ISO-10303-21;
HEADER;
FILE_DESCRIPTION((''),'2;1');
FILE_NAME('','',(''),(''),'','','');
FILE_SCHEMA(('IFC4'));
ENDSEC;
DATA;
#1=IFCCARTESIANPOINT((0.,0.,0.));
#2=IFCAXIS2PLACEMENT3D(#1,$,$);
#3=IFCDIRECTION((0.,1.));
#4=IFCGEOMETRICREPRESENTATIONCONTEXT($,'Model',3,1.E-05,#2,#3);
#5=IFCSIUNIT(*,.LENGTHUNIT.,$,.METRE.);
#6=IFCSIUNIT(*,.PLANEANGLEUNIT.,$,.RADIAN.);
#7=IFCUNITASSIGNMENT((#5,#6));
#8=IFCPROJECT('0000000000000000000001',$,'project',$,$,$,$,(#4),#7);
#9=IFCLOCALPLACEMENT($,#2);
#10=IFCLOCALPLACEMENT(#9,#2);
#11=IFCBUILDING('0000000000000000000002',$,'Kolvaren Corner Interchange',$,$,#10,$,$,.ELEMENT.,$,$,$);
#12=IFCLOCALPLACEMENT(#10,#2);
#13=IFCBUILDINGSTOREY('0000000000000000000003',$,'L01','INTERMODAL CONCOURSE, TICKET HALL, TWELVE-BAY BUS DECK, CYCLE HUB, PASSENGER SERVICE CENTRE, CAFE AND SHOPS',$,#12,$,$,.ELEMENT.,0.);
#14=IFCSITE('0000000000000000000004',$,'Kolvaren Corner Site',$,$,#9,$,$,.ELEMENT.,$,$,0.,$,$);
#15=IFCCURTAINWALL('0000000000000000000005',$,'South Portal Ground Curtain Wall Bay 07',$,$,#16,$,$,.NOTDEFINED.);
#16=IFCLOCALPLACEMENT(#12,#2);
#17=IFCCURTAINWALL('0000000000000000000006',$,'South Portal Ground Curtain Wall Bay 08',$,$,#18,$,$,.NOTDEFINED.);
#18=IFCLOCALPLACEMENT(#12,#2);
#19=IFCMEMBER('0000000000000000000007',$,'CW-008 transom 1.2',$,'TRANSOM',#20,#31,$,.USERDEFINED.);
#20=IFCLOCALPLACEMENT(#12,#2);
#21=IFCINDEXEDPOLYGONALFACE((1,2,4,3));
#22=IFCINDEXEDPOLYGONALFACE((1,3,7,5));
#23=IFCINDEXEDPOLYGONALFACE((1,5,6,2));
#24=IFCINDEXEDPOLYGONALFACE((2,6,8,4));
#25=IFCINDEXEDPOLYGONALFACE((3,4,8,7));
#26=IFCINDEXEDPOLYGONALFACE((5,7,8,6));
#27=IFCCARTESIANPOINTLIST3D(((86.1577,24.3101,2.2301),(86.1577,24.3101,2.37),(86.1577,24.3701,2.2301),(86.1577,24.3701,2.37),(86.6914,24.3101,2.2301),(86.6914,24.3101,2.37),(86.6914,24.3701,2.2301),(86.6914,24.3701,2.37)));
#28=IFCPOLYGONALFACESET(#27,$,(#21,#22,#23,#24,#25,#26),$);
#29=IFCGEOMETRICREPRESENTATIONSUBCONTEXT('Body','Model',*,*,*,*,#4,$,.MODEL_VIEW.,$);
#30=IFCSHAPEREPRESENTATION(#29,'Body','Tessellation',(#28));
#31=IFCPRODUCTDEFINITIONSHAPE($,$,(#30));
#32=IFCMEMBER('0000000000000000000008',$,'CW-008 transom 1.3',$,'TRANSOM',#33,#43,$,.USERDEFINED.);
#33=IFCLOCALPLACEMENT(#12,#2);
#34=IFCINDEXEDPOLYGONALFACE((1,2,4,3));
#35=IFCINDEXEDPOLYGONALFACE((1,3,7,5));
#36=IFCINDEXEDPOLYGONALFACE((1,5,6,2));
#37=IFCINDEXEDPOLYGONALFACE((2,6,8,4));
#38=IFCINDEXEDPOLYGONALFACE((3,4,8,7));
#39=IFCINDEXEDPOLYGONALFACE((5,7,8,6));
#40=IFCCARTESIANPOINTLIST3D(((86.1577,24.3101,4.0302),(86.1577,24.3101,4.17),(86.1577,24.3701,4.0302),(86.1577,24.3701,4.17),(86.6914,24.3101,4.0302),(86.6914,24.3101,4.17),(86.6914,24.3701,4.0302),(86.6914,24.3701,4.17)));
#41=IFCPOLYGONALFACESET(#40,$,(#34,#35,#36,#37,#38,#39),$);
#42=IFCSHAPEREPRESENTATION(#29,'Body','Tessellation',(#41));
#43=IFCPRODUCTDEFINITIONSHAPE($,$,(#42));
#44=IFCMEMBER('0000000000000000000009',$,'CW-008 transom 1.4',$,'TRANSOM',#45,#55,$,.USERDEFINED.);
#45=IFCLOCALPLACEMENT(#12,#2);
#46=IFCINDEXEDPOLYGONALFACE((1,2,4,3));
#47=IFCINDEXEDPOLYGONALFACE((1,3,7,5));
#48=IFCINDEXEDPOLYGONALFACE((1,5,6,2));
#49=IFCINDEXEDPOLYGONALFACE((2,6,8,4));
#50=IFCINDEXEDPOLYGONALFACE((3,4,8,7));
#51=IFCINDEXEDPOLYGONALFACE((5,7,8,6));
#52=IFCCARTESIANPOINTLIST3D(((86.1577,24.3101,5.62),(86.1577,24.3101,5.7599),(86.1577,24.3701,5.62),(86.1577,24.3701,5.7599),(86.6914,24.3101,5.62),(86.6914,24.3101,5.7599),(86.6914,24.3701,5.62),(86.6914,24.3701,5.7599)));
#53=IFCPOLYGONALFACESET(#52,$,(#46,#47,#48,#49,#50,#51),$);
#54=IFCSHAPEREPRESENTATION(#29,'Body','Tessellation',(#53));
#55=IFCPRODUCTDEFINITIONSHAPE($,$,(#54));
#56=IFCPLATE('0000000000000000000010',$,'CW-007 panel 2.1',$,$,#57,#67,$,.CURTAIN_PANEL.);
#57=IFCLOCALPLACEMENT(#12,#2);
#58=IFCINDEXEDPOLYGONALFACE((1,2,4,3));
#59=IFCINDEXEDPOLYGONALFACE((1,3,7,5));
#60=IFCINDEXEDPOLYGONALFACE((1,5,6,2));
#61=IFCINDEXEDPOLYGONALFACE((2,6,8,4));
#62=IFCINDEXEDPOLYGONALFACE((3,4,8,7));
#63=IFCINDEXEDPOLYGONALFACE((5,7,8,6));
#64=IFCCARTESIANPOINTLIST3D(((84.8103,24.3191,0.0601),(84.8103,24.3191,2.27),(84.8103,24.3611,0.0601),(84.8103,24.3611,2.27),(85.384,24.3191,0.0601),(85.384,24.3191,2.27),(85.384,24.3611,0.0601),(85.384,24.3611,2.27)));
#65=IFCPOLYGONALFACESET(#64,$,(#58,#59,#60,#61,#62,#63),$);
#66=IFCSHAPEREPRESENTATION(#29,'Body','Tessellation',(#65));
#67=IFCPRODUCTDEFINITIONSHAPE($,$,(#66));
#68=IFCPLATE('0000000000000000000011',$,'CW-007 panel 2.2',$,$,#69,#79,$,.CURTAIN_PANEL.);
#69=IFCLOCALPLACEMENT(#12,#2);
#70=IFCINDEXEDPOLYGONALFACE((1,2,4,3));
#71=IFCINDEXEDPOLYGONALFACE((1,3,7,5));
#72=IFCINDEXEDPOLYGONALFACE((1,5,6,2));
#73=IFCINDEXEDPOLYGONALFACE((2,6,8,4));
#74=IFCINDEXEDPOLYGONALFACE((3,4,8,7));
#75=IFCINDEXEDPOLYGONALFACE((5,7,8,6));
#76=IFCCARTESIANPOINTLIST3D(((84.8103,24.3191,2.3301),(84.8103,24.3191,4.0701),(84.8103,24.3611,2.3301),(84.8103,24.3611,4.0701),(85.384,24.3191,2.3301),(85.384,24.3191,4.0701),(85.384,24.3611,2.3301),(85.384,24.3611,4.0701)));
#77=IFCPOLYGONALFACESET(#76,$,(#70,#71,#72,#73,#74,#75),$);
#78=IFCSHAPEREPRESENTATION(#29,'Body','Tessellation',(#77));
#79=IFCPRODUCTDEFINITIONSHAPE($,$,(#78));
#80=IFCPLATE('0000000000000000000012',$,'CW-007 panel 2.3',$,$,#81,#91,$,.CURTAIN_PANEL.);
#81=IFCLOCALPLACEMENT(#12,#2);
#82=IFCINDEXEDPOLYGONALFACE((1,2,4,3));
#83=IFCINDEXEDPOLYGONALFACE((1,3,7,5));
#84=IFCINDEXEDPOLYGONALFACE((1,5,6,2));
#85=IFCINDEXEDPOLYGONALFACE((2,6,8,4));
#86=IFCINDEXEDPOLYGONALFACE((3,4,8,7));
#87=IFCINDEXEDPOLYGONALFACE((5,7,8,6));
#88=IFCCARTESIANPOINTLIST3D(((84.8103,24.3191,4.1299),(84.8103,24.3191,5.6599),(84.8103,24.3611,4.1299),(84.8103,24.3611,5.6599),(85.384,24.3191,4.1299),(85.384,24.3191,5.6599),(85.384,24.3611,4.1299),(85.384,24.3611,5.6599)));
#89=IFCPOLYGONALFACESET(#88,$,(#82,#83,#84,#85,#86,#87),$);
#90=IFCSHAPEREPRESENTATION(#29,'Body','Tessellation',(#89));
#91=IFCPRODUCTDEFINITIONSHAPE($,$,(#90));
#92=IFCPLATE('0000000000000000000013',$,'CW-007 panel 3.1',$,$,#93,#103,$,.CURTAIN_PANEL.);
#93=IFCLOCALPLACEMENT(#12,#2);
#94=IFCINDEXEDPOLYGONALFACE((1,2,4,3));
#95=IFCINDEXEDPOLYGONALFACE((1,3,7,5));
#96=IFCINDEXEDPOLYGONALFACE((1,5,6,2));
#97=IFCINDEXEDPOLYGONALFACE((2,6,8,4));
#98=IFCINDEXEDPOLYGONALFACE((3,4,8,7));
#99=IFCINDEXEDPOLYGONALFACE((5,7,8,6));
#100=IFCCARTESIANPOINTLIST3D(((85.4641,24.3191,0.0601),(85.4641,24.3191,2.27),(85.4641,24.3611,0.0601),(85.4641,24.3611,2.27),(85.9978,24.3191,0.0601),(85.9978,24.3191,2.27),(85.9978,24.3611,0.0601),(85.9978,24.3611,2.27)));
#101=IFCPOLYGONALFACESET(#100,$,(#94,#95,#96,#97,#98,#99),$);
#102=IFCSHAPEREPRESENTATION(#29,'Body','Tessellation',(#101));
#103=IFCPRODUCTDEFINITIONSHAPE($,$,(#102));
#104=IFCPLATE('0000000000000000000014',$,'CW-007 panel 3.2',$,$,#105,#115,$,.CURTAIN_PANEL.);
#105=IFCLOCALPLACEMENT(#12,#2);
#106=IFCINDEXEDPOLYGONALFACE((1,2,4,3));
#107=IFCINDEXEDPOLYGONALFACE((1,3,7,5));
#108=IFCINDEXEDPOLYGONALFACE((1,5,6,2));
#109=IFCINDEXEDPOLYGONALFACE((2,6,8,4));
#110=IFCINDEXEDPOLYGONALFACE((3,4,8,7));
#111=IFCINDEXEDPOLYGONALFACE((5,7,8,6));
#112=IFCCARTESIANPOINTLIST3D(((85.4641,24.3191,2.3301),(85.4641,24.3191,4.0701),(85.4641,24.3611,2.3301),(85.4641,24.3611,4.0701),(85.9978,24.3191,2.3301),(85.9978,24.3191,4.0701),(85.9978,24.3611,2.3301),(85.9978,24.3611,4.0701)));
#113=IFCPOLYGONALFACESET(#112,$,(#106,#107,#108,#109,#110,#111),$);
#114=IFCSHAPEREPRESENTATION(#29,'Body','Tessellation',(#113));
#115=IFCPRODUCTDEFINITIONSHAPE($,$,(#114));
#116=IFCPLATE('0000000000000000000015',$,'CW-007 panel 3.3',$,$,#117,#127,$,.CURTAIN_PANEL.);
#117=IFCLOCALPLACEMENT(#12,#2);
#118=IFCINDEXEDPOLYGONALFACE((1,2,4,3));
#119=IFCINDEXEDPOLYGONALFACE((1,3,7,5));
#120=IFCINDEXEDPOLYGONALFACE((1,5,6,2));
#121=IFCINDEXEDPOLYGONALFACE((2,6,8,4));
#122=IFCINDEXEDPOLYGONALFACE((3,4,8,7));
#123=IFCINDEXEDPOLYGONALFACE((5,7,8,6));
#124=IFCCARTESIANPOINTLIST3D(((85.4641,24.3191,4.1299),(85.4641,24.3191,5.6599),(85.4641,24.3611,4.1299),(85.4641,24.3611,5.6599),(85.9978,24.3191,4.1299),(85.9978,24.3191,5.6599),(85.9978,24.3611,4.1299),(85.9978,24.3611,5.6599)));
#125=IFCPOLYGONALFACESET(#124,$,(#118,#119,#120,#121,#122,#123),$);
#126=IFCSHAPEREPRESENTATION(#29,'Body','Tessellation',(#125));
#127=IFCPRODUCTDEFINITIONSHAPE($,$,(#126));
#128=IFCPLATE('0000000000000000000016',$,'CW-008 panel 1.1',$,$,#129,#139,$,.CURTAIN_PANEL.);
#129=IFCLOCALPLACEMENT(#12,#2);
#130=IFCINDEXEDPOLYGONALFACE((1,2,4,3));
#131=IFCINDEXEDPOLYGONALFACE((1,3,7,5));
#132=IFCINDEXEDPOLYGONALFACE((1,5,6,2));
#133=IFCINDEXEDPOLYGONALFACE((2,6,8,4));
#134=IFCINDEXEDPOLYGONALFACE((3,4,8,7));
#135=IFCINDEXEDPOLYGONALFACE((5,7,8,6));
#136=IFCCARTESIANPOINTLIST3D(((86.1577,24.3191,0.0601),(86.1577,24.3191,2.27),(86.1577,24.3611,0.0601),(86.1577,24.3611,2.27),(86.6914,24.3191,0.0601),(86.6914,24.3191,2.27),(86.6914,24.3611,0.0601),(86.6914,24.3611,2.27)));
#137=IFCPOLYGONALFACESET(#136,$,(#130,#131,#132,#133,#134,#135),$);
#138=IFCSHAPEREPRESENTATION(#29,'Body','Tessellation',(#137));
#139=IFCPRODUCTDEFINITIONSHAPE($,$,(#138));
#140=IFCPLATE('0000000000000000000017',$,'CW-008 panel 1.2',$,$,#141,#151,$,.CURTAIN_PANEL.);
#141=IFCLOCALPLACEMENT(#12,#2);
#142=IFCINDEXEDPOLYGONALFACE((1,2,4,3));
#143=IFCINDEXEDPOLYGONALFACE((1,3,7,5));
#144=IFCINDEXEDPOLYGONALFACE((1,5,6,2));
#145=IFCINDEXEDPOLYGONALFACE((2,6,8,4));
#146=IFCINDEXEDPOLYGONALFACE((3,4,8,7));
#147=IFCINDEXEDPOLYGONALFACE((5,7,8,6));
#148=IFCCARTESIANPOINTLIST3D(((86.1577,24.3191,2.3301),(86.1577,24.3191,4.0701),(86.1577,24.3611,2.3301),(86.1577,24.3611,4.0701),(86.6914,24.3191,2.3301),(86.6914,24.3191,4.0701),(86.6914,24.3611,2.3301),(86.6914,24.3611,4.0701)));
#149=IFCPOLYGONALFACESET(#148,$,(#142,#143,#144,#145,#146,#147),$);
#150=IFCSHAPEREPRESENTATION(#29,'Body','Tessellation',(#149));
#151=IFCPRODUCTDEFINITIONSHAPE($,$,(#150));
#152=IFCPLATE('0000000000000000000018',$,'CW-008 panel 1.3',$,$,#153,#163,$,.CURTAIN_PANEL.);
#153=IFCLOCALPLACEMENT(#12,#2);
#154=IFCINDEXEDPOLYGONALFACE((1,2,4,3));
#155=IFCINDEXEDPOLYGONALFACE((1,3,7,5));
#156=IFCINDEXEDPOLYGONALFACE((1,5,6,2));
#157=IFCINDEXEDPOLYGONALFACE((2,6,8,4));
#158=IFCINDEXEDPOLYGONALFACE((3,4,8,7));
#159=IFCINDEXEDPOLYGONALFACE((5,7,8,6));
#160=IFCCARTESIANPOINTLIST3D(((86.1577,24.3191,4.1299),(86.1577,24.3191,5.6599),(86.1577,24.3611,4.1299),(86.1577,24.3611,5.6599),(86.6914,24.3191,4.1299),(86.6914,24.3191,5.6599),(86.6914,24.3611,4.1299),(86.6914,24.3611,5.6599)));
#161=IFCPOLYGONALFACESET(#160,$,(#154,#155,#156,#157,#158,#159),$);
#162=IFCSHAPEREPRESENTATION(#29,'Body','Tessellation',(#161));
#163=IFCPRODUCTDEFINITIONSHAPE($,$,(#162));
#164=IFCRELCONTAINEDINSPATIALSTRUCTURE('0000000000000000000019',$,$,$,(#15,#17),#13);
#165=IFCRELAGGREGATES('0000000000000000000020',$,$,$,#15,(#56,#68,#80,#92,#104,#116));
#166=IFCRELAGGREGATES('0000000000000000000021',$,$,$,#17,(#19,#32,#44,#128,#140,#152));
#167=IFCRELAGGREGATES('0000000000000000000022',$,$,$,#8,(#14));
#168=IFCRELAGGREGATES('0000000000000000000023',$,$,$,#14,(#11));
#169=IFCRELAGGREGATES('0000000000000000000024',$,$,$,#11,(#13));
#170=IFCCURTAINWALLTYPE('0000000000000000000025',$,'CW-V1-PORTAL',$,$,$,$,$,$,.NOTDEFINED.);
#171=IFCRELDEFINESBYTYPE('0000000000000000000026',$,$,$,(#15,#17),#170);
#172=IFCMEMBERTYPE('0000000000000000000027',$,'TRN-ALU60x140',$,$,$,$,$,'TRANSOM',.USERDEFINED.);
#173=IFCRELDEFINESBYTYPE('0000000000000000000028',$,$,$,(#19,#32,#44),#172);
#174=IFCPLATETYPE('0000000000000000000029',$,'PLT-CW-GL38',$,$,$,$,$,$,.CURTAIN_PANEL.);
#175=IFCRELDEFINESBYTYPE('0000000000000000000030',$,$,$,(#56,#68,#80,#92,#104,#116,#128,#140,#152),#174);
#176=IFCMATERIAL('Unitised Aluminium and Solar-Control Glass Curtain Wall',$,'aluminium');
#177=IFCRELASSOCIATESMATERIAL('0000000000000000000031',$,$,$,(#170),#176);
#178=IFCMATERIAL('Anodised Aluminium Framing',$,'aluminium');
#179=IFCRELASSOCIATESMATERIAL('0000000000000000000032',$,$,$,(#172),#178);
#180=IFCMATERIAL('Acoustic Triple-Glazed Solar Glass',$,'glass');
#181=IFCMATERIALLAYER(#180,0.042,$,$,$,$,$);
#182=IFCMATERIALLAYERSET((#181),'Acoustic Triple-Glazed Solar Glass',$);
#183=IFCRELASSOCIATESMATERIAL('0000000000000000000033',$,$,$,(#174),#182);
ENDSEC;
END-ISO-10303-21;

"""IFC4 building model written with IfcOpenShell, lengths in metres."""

from ifc_helpers import new_model, si_unit, direction, frame, origin, origin_2d, place, context, subcontext, project, spatial, rectangle, extrude, material, layer, layer_set, material_profile, profile_set, type_object, element, aggregate, save


model = new_model("IFC4")

# Units and contexts
model_context = context("Model", 3, precision=1e-05, world=origin(), true_north=direction((0.0, 1.0)))
body_context = subcontext(model_context, "Body", "Model", "MODEL_VIEW")
ifc_project = project(units=[si_unit("LENGTHUNIT", "METRE"), si_unit("PLANEANGLEUNIT", "RADIAN")], contexts=[model_context])

# Site, building, storey
site_placement = place(None, origin())
site = spatial("IfcSite", under=ifc_project, at=site_placement, Name="Kolvaren Corner Site", CompositionType="ELEMENT", RefElevation=0.0)
building_placement = place(site_placement, origin())
building = spatial("IfcBuilding", under=site, at=building_placement, Name="Kolvaren Corner Interchange", CompositionType="ELEMENT")
storey_placement = place(building_placement, origin())
storey = spatial("IfcBuildingStorey", under=building, at=storey_placement, Name="L01", Description="INTERMODAL CONCOURSE, TICKET HALL, TWELVE-BAY BUS DECK, CYCLE HUB, PASSENGER SERVICE CENTRE, CAFE AND SHOPS", CompositionType="ELEMENT", Elevation=0.0)

# Curtain wall
ifc_material_1 = material(Name="Unitised Aluminium and Solar-Control Glass Curtain Wall", Category="aluminium")
curtain_wall_type = type_object("IfcCurtainWallType", Name="CW-V1-PORTAL", PredefinedType="NOTDEFINED", material=ifc_material_1)
curtain_wall_1_placement = place(storey_placement, origin())
curtain_wall_1 = element("IfcCurtainWall", 1, at=curtain_wall_1_placement, inside=storey, type_object=curtain_wall_type, Name="South Portal Ground Curtain Wall Bay 07", PredefinedType="NOTDEFINED")

# Curtain wall
curtain_wall_2_placement = place(storey_placement, origin())
curtain_wall_2 = element("IfcCurtainWall", 2, at=curtain_wall_2_placement, inside=storey, type_object=curtain_wall_type, Name="South Portal Ground Curtain Wall Bay 08", PredefinedType="NOTDEFINED")

# Members
ifc_material_2 = material(Name="Anodised Aluminium Framing", Category="aluminium")
ifc_material_profile_1 = material_profile(ifc_material_2, rectangle(XDim=0.0601, YDim=0.1399, at=origin_2d()), Name="ALU 60x140")
ifc_profile_set_1 = profile_set([ifc_material_profile_1], Name="Anodised Aluminium Framing")
member_type_1 = type_object("IfcMemberType", Name="TRN-ALU60x140", ElementType="TRANSOM", PredefinedType="USERDEFINED", material=ifc_profile_set_1)
member_1_placement = place(storey_placement, frame((86.1577, 24.3401, 2.3), z_axis=(1.0, 0.0, 0.0), x_axis=(0.0, 1.0, 0.0)))
member_1 = element("IfcMember", 3, at=member_1_placement, type_object=member_type_1, Name="CW-008 transom 1.2", ObjectType="TRANSOM", PredefinedType="USERDEFINED", context=body_context, shape_type="SweptSolid", body=[
    extrude(rectangle(XDim=0.0601, YDim=0.1399, at=origin_2d()), origin(), (0.0, 0.0, 1.0), 0.5337),
])
member_2_placement = place(storey_placement, frame((86.1577, 24.3401, 4.1001), z_axis=(1.0, 0.0, 0.0), x_axis=(0.0, 1.0, 0.0)))
member_2 = element("IfcMember", 4, at=member_2_placement, type_object=member_type_1, Name="CW-008 transom 1.3", ObjectType="TRANSOM", PredefinedType="USERDEFINED", context=body_context, shape_type="SweptSolid", body=[
    extrude(rectangle(XDim=0.0601, YDim=0.1399, at=origin_2d()), origin(), (0.0, 0.0, 1.0), 0.5337),
])
member_3_placement = place(storey_placement, frame((86.1577, 24.3401, 5.6899), z_axis=(1.0, 0.0, 0.0), x_axis=(0.0, 1.0, 0.0)))
member_3 = element("IfcMember", 5, at=member_3_placement, type_object=member_type_1, Name="CW-008 transom 1.4", ObjectType="TRANSOM", PredefinedType="USERDEFINED", context=body_context, shape_type="SweptSolid", body=[
    extrude(rectangle(XDim=0.0601, YDim=0.1399, at=origin_2d()), origin(), (0.0, 0.0, 1.0), 0.5337),
])

# Plates
ifc_material_3 = material(Name="Acoustic Triple-Glazed Solar Glass", Category="glass")
ifc_layer = layer(ifc_material_3, 0.042)
ifc_layer_set = layer_set([ifc_layer], Name="Acoustic Triple-Glazed Solar Glass")
plate_type = type_object("IfcPlateType", Name="PLT-CW-GL38", PredefinedType="CURTAIN_PANEL", material=ifc_layer_set)
plate_1_placement = place(storey_placement, frame((85.0972, 24.3401, 0.0601), z_axis=(0.0, 0.0, 1.0), x_axis=(1.0, 0.0, 0.0)))
plate_1 = element("IfcPlate", 6, at=plate_1_placement, type_object=plate_type, Name="CW-007 panel 2.1", PredefinedType="CURTAIN_PANEL", context=body_context, shape_type="SweptSolid", body=[
    extrude(rectangle(XDim=0.5737, YDim=0.042, at=origin_2d()), origin(), (0.0, 0.0, 1.0), 2.21),
])
plate_2_placement = place(storey_placement, frame((85.0972, 24.3401, 2.3301), z_axis=(0.0, 0.0, 1.0), x_axis=(1.0, 0.0, 0.0)))
plate_2 = element("IfcPlate", 7, at=plate_2_placement, type_object=plate_type, Name="CW-007 panel 2.2", PredefinedType="CURTAIN_PANEL", context=body_context, shape_type="SweptSolid", body=[
    extrude(rectangle(XDim=0.5737, YDim=0.042, at=origin_2d()), origin(), (0.0, 0.0, 1.0), 1.74),
])
plate_3_placement = place(storey_placement, frame((85.0972, 24.3401, 4.1299), z_axis=(0.0, 0.0, 1.0), x_axis=(1.0, 0.0, 0.0)))
plate_3 = element("IfcPlate", 8, at=plate_3_placement, type_object=plate_type, Name="CW-007 panel 2.3", PredefinedType="CURTAIN_PANEL", context=body_context, shape_type="SweptSolid", body=[
    extrude(rectangle(XDim=0.5737, YDim=0.042, at=origin_2d()), origin(), (0.0, 0.0, 1.0), 1.53),
])
plate_4_placement = place(storey_placement, frame((85.731, 24.3401, 0.0601), z_axis=(0.0, 0.0, 1.0), x_axis=(1.0, 0.0, 0.0)))
plate_4 = element("IfcPlate", 9, at=plate_4_placement, type_object=plate_type, Name="CW-007 panel 3.1", PredefinedType="CURTAIN_PANEL", context=body_context, shape_type="SweptSolid", body=[
    extrude(rectangle(XDim=0.5337, YDim=0.042, at=origin_2d()), origin(), (0.0, 0.0, 1.0), 2.21),
])
plate_5_placement = place(storey_placement, frame((85.731, 24.3401, 2.3301), z_axis=(0.0, 0.0, 1.0), x_axis=(1.0, 0.0, 0.0)))
plate_5 = element("IfcPlate", 10, at=plate_5_placement, type_object=plate_type, Name="CW-007 panel 3.2", PredefinedType="CURTAIN_PANEL", context=body_context, shape_type="SweptSolid", body=[
    extrude(rectangle(XDim=0.5337, YDim=0.042, at=origin_2d()), origin(), (0.0, 0.0, 1.0), 1.74),
])
plate_6_placement = place(storey_placement, frame((85.731, 24.3401, 4.1299), z_axis=(0.0, 0.0, 1.0), x_axis=(1.0, 0.0, 0.0)))
plate_6 = element("IfcPlate", 11, at=plate_6_placement, type_object=plate_type, Name="CW-007 panel 3.3", PredefinedType="CURTAIN_PANEL", context=body_context, shape_type="SweptSolid", body=[
    extrude(rectangle(XDim=0.5337, YDim=0.042, at=origin_2d()), origin(), (0.0, 0.0, 1.0), 1.53),
])
aggregate(curtain_wall_1, [plate_1, plate_2, plate_3, plate_4, plate_5, plate_6])
plate_7_placement = place(storey_placement, frame((86.4246, 24.3401, 0.0601), z_axis=(0.0, 0.0, 1.0), x_axis=(1.0, 0.0, 0.0)))
plate_7 = element("IfcPlate", 12, at=plate_7_placement, type_object=plate_type, Name="CW-008 panel 1.1", PredefinedType="CURTAIN_PANEL", context=body_context, shape_type="SweptSolid", body=[
    extrude(rectangle(XDim=0.5337, YDim=0.042, at=origin_2d()), origin(), (0.0, 0.0, 1.0), 2.21),
])
plate_8_placement = place(storey_placement, frame((86.4246, 24.3401, 2.3301), z_axis=(0.0, 0.0, 1.0), x_axis=(1.0, 0.0, 0.0)))
plate_8 = element("IfcPlate", 13, at=plate_8_placement, type_object=plate_type, Name="CW-008 panel 1.2", PredefinedType="CURTAIN_PANEL", context=body_context, shape_type="SweptSolid", body=[
    extrude(rectangle(XDim=0.5337, YDim=0.042, at=origin_2d()), origin(), (0.0, 0.0, 1.0), 1.74),
])
plate_9_placement = place(storey_placement, frame((86.4246, 24.3401, 4.1299), z_axis=(0.0, 0.0, 1.0), x_axis=(1.0, 0.0, 0.0)))
plate_9 = element("IfcPlate", 14, at=plate_9_placement, type_object=plate_type, Name="CW-008 panel 1.3", PredefinedType="CURTAIN_PANEL", context=body_context, shape_type="SweptSolid", body=[
    extrude(rectangle(XDim=0.5337, YDim=0.042, at=origin_2d()), origin(), (0.0, 0.0, 1.0), 1.53),
])
aggregate(curtain_wall_2, [member_1, member_2, member_3, plate_7, plate_8, plate_9])

save(model, "model.ifc")
